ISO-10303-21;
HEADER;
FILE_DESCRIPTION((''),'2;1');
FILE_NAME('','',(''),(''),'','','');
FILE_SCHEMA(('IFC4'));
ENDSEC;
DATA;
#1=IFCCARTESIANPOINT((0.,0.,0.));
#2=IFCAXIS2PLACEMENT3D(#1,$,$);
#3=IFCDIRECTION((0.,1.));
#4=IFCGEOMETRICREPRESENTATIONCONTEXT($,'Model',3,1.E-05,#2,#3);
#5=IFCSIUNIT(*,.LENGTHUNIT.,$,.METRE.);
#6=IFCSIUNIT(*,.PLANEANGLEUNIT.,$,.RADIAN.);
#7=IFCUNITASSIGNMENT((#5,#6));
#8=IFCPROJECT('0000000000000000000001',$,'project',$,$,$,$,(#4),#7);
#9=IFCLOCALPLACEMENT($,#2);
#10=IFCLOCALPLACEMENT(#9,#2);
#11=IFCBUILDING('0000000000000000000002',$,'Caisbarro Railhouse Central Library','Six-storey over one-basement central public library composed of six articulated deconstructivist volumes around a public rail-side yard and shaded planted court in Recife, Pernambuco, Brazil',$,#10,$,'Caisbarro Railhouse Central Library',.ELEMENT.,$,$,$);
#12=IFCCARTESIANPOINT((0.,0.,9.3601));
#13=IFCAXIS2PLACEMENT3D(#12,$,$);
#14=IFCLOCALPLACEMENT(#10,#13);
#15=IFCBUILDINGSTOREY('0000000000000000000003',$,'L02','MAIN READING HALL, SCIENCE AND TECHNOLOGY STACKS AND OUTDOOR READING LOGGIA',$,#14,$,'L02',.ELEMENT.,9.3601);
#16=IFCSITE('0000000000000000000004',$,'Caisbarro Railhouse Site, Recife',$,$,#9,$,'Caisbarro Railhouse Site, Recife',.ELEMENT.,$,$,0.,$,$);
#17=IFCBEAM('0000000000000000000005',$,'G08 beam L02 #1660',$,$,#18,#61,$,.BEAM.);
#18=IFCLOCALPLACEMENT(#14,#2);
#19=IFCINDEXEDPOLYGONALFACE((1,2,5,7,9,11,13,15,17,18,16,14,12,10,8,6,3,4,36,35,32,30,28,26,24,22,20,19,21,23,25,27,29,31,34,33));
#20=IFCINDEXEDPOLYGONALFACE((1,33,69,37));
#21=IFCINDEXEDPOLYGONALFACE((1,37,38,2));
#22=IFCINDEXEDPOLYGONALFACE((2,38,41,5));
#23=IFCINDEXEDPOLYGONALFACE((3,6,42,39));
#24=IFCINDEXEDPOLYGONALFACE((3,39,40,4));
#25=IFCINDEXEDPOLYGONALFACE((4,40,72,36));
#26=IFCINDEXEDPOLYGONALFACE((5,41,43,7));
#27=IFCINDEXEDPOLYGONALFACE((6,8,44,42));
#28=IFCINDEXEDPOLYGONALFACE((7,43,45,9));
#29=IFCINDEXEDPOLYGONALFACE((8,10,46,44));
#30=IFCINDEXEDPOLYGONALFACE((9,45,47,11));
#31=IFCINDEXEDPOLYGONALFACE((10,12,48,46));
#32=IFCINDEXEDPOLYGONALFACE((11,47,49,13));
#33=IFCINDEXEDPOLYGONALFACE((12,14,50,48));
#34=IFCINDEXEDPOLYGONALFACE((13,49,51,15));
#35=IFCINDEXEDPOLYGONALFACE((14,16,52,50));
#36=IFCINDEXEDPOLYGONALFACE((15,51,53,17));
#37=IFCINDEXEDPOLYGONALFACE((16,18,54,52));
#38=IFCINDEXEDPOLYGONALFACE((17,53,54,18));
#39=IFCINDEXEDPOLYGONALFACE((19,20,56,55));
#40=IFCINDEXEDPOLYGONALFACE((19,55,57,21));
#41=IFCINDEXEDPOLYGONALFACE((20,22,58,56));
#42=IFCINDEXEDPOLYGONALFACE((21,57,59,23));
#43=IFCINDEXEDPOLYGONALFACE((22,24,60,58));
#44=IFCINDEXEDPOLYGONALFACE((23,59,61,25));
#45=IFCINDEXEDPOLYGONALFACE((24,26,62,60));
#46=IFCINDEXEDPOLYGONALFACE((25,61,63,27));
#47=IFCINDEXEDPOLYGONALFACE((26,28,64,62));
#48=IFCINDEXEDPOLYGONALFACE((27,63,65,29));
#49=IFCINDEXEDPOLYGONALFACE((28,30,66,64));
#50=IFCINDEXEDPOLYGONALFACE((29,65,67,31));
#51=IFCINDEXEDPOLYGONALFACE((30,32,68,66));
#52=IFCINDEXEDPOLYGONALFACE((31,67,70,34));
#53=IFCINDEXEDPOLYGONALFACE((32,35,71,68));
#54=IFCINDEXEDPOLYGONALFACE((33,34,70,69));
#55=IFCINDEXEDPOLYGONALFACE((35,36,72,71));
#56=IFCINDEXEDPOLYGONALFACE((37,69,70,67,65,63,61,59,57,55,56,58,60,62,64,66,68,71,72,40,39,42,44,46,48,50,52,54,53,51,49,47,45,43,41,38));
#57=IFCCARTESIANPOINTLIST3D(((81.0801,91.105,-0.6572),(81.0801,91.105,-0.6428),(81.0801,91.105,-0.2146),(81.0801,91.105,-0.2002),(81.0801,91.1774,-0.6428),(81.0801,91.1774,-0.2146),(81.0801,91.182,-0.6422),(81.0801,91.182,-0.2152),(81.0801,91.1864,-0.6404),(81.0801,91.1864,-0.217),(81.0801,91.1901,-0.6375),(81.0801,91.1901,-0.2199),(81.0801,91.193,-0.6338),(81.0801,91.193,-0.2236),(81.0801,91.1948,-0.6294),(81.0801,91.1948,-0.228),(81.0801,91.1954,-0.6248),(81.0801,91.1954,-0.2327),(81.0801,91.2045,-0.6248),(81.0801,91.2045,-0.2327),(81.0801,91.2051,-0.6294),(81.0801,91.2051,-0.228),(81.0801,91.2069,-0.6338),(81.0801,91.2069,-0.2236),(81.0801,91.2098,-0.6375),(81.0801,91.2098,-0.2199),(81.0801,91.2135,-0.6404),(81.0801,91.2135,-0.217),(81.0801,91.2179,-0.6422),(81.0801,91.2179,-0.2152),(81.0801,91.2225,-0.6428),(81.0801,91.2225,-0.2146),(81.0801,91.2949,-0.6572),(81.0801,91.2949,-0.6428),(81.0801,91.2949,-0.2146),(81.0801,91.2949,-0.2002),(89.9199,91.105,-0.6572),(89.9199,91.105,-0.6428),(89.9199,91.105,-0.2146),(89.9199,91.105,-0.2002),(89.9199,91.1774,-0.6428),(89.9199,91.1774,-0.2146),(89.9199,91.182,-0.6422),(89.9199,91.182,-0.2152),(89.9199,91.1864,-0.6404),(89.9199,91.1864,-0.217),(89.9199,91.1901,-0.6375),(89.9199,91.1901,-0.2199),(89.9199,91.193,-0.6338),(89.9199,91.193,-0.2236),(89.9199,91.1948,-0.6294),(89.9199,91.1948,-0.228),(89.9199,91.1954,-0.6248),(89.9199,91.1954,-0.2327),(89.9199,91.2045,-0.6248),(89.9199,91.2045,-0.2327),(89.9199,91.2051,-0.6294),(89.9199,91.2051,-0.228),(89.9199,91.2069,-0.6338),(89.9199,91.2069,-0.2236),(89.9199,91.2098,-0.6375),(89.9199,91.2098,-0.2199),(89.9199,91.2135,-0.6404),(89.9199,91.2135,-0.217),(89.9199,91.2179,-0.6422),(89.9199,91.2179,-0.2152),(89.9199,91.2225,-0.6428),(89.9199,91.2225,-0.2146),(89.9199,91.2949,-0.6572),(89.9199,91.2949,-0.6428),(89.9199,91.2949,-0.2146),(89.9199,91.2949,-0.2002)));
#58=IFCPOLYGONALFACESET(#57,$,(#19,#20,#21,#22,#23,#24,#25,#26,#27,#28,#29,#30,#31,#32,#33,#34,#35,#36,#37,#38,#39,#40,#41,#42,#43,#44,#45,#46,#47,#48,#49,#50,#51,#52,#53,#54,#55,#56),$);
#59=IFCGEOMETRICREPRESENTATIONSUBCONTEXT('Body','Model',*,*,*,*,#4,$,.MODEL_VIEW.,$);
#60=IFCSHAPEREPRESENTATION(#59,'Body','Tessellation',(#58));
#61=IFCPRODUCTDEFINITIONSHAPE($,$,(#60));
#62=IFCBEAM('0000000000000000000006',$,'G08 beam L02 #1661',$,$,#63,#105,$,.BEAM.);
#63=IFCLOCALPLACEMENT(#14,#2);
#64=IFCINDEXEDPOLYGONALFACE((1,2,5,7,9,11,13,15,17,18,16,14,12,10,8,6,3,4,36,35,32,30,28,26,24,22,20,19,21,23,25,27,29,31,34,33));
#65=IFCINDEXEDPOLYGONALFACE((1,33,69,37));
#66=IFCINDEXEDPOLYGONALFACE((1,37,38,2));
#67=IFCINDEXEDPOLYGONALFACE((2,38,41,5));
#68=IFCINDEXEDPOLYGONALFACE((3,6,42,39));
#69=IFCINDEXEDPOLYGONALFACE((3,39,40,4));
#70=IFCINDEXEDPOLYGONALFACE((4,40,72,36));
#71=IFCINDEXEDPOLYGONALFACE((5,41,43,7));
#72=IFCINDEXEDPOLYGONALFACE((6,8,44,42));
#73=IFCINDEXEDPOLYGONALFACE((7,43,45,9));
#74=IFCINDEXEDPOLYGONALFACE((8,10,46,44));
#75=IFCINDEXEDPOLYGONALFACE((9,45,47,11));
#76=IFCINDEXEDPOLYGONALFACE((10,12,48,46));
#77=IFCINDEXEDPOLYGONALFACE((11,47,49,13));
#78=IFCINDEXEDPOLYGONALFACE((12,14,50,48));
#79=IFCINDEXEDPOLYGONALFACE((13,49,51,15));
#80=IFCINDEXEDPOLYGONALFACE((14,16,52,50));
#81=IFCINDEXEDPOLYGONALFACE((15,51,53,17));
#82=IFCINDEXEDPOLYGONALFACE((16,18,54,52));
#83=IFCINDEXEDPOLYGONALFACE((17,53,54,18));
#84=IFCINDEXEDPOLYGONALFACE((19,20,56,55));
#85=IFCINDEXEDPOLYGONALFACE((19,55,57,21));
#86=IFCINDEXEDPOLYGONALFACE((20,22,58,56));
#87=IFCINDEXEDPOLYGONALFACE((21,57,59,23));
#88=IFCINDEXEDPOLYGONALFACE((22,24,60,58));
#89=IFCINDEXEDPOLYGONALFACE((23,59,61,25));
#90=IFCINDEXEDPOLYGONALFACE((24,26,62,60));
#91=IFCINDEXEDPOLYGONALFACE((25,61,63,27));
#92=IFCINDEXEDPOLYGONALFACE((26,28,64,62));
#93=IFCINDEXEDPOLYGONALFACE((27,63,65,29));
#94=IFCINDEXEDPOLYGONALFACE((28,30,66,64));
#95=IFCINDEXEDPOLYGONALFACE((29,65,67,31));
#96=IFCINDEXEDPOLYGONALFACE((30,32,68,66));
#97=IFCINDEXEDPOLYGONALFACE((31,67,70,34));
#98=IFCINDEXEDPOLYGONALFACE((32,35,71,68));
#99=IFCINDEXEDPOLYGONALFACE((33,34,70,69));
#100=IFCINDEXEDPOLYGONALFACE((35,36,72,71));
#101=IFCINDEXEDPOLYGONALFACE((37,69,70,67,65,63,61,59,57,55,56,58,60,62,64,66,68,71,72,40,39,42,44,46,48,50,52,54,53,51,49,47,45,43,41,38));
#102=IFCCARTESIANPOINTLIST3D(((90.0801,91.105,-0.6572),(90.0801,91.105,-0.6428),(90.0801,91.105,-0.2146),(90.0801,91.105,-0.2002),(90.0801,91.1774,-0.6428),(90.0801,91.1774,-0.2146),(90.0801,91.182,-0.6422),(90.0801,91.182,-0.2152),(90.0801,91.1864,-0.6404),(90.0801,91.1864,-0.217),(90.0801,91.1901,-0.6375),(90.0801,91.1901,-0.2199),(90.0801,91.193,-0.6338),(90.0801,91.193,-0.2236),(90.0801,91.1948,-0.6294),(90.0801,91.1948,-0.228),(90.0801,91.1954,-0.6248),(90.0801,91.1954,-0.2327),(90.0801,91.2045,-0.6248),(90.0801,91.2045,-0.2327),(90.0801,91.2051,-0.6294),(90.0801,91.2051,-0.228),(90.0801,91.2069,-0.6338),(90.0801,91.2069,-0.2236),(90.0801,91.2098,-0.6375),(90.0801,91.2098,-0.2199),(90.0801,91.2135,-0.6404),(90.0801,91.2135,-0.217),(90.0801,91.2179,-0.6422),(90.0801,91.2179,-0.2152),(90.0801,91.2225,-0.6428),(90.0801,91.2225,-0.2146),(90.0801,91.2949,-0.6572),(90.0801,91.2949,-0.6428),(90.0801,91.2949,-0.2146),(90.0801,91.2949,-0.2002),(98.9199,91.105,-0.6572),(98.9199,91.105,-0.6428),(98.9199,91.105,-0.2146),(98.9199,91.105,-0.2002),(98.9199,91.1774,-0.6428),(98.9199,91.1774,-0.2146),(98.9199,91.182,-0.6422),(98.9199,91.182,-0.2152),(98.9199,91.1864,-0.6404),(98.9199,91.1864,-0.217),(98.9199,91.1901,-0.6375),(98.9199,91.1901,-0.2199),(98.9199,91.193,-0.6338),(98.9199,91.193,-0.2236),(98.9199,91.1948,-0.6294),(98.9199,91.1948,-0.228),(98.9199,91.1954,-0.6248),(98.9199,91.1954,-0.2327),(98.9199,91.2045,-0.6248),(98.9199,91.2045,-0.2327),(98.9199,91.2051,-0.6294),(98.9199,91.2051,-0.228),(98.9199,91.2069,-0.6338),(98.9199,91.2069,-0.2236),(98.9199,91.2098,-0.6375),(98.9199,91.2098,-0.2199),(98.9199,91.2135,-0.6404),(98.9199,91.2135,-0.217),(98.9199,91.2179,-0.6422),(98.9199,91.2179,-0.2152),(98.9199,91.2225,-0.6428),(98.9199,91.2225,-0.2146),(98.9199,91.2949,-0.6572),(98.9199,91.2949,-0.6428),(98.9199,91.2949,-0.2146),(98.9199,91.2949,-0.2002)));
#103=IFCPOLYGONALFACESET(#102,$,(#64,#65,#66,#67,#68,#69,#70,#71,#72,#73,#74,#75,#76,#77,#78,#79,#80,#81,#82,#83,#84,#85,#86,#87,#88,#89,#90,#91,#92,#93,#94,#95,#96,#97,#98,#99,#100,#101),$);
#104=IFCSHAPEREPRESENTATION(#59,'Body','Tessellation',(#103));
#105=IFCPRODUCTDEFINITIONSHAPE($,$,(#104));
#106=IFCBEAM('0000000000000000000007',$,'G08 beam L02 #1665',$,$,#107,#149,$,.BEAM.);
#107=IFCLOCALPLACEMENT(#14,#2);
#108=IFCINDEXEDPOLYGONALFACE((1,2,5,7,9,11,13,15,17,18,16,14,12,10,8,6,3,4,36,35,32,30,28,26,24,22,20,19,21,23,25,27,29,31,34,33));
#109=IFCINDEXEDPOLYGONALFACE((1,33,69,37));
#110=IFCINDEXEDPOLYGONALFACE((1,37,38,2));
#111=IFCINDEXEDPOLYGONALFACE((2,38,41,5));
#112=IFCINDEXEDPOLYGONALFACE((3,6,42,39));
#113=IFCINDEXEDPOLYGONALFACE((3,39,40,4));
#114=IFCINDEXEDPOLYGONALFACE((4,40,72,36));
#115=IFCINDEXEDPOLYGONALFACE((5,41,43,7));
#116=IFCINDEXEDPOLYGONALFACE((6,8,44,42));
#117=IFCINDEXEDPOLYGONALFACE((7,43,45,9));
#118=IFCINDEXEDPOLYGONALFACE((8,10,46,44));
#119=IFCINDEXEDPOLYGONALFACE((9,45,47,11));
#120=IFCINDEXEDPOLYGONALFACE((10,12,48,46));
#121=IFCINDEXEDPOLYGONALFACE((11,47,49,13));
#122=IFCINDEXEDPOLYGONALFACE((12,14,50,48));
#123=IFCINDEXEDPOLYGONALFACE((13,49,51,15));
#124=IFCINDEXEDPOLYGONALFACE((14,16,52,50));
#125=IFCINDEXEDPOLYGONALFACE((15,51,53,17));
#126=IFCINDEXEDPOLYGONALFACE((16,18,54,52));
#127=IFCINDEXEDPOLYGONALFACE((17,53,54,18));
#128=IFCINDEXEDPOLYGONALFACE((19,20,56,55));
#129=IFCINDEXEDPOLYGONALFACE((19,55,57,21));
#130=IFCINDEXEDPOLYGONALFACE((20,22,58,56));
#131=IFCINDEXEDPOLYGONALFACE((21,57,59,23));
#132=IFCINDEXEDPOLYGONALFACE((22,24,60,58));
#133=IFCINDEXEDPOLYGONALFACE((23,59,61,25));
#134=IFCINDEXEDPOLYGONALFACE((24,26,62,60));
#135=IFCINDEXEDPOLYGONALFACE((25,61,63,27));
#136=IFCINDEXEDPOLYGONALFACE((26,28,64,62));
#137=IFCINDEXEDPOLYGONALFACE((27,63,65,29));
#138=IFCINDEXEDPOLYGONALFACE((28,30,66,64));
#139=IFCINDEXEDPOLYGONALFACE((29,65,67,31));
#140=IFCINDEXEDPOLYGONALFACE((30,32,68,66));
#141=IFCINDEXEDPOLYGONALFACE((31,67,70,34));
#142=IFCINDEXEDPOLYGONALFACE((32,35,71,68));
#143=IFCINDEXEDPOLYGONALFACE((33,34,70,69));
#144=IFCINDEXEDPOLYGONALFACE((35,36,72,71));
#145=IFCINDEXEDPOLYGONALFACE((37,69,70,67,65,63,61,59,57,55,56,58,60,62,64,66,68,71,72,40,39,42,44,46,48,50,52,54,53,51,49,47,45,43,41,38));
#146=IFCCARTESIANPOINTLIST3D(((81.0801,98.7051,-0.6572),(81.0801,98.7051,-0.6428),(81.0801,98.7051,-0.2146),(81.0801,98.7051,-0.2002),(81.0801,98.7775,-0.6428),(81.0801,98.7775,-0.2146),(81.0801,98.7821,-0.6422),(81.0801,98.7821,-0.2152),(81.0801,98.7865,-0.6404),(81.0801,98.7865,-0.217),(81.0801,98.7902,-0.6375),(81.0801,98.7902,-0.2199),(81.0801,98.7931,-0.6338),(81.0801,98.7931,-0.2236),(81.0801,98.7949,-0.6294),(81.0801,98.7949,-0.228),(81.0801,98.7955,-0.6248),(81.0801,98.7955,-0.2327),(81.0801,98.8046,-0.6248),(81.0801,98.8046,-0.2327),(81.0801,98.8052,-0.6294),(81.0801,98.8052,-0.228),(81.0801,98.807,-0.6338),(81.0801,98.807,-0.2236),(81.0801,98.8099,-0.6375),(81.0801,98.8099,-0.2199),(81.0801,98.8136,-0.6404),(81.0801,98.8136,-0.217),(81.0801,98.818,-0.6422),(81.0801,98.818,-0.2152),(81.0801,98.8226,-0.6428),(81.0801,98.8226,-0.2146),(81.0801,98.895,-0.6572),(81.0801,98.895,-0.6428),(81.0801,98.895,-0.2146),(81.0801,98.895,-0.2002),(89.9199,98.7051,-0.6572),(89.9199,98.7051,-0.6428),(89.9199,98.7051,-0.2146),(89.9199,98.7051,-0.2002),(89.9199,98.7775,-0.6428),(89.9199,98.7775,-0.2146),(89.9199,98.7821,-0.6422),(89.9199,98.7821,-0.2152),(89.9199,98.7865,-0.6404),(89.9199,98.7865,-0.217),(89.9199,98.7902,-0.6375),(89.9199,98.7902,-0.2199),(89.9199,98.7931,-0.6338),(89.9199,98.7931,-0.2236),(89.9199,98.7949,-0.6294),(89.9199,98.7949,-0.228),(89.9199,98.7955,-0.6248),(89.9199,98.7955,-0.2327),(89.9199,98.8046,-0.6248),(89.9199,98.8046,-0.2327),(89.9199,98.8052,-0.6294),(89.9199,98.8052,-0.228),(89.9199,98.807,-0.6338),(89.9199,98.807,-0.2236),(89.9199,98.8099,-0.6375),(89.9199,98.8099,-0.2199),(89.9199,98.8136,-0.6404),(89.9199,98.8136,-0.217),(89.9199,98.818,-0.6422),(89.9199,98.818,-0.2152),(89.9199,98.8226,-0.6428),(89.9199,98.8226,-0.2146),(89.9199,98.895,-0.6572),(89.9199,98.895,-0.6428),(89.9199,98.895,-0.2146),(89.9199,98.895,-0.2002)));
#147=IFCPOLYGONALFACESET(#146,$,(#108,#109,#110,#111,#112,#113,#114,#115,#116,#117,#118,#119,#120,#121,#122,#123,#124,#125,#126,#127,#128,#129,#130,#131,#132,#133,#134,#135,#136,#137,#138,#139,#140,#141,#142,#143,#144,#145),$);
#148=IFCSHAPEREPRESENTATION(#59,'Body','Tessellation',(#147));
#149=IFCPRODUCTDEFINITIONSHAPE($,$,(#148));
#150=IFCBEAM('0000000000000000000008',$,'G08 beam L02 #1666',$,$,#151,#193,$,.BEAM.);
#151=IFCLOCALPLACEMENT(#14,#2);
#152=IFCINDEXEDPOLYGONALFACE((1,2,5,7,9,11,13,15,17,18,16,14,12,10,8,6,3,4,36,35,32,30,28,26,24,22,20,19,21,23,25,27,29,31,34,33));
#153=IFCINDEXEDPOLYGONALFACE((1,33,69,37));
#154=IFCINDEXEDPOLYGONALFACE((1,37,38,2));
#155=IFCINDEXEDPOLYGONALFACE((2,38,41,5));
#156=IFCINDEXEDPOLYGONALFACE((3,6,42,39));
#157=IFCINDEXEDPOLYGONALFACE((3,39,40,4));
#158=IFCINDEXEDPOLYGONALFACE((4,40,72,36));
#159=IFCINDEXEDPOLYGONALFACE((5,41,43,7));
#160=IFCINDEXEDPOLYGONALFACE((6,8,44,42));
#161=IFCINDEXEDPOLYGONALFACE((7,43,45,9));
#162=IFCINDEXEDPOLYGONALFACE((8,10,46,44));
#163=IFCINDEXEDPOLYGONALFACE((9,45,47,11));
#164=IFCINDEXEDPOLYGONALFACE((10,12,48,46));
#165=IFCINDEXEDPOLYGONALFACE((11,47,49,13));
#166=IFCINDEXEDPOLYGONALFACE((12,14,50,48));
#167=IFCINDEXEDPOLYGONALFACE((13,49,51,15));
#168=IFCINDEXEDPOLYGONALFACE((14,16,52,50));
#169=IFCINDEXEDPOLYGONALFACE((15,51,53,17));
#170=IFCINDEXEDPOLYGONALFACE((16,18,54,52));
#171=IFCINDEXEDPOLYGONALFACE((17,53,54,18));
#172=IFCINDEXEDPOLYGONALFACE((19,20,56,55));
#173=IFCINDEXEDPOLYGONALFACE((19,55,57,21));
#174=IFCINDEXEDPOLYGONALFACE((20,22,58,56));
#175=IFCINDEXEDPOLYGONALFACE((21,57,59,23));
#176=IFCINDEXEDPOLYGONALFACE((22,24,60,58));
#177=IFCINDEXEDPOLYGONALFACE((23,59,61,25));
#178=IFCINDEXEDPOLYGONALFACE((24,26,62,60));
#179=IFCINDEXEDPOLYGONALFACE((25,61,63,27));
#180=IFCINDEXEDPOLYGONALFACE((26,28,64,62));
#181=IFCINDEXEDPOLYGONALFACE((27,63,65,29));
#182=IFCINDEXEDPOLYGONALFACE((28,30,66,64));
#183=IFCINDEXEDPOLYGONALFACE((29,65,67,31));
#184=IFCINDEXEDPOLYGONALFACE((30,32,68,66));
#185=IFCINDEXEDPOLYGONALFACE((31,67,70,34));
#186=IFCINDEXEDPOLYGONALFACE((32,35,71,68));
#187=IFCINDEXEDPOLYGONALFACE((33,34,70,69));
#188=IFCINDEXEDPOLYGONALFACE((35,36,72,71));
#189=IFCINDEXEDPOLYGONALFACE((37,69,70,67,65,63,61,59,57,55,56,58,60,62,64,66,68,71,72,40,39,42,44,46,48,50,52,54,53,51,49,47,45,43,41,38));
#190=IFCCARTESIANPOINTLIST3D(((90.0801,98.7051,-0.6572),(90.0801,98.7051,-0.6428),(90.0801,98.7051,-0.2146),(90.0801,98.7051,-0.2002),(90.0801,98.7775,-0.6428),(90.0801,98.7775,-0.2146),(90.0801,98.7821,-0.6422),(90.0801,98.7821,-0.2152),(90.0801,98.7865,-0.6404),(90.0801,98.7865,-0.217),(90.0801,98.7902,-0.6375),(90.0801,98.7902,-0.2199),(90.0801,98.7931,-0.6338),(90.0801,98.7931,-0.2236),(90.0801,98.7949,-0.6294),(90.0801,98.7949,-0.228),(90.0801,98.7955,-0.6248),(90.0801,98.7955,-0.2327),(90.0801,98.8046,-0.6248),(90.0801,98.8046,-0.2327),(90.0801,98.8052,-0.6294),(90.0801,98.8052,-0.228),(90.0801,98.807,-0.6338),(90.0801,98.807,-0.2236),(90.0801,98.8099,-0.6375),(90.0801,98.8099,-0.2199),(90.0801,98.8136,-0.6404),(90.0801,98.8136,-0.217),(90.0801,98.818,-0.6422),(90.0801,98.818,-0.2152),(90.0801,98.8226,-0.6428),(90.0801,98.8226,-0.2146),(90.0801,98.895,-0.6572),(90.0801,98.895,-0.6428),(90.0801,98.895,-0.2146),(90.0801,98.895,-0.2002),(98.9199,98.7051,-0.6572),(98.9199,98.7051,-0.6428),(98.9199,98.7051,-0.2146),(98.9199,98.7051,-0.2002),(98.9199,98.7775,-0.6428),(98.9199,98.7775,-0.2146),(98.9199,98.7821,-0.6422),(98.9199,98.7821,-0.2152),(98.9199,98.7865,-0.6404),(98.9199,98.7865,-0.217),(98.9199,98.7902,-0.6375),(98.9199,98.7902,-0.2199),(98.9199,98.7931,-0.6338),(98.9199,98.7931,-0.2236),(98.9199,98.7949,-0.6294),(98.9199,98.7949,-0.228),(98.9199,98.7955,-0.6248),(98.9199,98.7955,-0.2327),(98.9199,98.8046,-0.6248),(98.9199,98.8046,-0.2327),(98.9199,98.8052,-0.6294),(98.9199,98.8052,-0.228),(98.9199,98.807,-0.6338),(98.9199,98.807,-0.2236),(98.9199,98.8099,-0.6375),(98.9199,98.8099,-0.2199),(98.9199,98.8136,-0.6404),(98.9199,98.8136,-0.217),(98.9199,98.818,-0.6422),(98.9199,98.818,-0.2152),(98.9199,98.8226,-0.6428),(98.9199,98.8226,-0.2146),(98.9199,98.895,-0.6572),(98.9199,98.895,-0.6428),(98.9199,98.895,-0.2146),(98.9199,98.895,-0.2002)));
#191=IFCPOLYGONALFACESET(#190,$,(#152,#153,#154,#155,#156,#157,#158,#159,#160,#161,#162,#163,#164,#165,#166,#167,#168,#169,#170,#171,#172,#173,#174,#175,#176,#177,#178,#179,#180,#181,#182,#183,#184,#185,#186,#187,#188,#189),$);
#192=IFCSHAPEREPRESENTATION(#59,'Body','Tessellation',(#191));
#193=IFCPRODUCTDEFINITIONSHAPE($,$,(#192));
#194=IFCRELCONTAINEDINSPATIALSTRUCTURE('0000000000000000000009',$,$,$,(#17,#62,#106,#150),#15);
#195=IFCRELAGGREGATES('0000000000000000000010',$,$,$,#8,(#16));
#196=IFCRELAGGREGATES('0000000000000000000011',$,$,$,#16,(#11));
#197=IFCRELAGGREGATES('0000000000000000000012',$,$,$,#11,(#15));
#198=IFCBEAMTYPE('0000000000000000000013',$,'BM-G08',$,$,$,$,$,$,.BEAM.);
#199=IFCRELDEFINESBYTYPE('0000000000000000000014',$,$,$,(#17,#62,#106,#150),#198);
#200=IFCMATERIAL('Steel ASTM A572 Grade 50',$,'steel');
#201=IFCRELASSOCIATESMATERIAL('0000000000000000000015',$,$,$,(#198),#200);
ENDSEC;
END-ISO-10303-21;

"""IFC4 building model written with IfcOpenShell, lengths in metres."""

from ifc_helpers import new_model, si_unit, direction, frame, origin, origin_2d, place, context, subcontext, project, spatial, i_section, extrude, material, material_profile, profile_set, type_object, element, save


model = new_model("IFC4")

# Units and contexts
model_context = context("Model", 3, precision=1e-05, world=origin(), true_north=direction((0.0, 1.0)))
body_context = subcontext(model_context, "Body", "Model", "MODEL_VIEW")
ifc_project = project(units=[si_unit("LENGTHUNIT", "METRE"), si_unit("PLANEANGLEUNIT", "RADIAN")], contexts=[model_context])

# Site, building, storey
site_placement = place(None, origin())
site = spatial("IfcSite", under=ifc_project, at=site_placement, Name="Caisbarro Railhouse Site, Recife", LongName="Caisbarro Railhouse Site, Recife", CompositionType="ELEMENT", RefElevation=0.0)
building_placement = place(site_placement, origin())
building = spatial("IfcBuilding", under=site, at=building_placement, Name="Caisbarro Railhouse Central Library", Description="Six-storey over one-basement central public library composed of six articulated deconstructivist volumes around a public rail-side yard and shaded planted court in Recife, Pernambuco, Brazil", LongName="Caisbarro Railhouse Central Library", CompositionType="ELEMENT")
storey_placement = place(building_placement, frame((0.0, 0.0, 9.3601)))
storey = spatial("IfcBuildingStorey", under=building, at=storey_placement, Name="L02", Description="MAIN READING HALL, SCIENCE AND TECHNOLOGY STACKS AND OUTDOOR READING LOGGIA", LongName="L02", CompositionType="ELEMENT", Elevation=9.3601)

# Shared definitions
ifc_material_1 = material(Name="Steel ASTM A572 Grade 50", Category="steel")

# Beams
ifc_material_profile_1 = material_profile(ifc_material_1, i_section(OverallWidth=0.1899, OverallDepth=0.457, WebThickness=0.009, FlangeThickness=0.0144, FilletRadius=0.0181, at=origin_2d()), Name="W460X74.0")
ifc_profile_set_1 = profile_set([ifc_material_profile_1], Name="Steel ASTM A572 Grade 50")
beam_type_1 = type_object("IfcBeamType", Name="BM-G08", PredefinedType="BEAM", material=ifc_profile_set_1)
for number, where, z_axis, x_axis, name in (
    (1, (81.0801, 91.2, -0.4287), (1.0, 0.0, 0.0), (0.0, 1.0, 0.0), "G08 beam L02 #1660"),
    (2, (90.0801, 91.2, -0.4287), (1.0, 0.0, 0.0), (0.0, 1.0, 0.0), "G08 beam L02 #1661"),
    (3, (81.0801, 98.8, -0.4287), (1.0, 0.0, 0.0), (0.0, 1.0, 0.0), "G08 beam L02 #1665"),
    (4, (90.0801, 98.8, -0.4287), (1.0, 0.0, 0.0), (0.0, 1.0, 0.0), "G08 beam L02 #1666"),
):
    element("IfcBeam", number, at=place(storey_placement, frame(where, z_axis=z_axis, x_axis=x_axis)), inside=storey, type_object=beam_type_1, Name=name, PredefinedType="BEAM", context=body_context, shape_type="SweptSolid", body=[
        extrude(i_section(OverallWidth=0.1899, OverallDepth=0.457, WebThickness=0.009, FlangeThickness=0.0144, FilletRadius=0.0181, at=origin_2d()), origin(), (0.0, 0.0, 1.0), 8.8398),
    ])

save(model, "model.ifc")
